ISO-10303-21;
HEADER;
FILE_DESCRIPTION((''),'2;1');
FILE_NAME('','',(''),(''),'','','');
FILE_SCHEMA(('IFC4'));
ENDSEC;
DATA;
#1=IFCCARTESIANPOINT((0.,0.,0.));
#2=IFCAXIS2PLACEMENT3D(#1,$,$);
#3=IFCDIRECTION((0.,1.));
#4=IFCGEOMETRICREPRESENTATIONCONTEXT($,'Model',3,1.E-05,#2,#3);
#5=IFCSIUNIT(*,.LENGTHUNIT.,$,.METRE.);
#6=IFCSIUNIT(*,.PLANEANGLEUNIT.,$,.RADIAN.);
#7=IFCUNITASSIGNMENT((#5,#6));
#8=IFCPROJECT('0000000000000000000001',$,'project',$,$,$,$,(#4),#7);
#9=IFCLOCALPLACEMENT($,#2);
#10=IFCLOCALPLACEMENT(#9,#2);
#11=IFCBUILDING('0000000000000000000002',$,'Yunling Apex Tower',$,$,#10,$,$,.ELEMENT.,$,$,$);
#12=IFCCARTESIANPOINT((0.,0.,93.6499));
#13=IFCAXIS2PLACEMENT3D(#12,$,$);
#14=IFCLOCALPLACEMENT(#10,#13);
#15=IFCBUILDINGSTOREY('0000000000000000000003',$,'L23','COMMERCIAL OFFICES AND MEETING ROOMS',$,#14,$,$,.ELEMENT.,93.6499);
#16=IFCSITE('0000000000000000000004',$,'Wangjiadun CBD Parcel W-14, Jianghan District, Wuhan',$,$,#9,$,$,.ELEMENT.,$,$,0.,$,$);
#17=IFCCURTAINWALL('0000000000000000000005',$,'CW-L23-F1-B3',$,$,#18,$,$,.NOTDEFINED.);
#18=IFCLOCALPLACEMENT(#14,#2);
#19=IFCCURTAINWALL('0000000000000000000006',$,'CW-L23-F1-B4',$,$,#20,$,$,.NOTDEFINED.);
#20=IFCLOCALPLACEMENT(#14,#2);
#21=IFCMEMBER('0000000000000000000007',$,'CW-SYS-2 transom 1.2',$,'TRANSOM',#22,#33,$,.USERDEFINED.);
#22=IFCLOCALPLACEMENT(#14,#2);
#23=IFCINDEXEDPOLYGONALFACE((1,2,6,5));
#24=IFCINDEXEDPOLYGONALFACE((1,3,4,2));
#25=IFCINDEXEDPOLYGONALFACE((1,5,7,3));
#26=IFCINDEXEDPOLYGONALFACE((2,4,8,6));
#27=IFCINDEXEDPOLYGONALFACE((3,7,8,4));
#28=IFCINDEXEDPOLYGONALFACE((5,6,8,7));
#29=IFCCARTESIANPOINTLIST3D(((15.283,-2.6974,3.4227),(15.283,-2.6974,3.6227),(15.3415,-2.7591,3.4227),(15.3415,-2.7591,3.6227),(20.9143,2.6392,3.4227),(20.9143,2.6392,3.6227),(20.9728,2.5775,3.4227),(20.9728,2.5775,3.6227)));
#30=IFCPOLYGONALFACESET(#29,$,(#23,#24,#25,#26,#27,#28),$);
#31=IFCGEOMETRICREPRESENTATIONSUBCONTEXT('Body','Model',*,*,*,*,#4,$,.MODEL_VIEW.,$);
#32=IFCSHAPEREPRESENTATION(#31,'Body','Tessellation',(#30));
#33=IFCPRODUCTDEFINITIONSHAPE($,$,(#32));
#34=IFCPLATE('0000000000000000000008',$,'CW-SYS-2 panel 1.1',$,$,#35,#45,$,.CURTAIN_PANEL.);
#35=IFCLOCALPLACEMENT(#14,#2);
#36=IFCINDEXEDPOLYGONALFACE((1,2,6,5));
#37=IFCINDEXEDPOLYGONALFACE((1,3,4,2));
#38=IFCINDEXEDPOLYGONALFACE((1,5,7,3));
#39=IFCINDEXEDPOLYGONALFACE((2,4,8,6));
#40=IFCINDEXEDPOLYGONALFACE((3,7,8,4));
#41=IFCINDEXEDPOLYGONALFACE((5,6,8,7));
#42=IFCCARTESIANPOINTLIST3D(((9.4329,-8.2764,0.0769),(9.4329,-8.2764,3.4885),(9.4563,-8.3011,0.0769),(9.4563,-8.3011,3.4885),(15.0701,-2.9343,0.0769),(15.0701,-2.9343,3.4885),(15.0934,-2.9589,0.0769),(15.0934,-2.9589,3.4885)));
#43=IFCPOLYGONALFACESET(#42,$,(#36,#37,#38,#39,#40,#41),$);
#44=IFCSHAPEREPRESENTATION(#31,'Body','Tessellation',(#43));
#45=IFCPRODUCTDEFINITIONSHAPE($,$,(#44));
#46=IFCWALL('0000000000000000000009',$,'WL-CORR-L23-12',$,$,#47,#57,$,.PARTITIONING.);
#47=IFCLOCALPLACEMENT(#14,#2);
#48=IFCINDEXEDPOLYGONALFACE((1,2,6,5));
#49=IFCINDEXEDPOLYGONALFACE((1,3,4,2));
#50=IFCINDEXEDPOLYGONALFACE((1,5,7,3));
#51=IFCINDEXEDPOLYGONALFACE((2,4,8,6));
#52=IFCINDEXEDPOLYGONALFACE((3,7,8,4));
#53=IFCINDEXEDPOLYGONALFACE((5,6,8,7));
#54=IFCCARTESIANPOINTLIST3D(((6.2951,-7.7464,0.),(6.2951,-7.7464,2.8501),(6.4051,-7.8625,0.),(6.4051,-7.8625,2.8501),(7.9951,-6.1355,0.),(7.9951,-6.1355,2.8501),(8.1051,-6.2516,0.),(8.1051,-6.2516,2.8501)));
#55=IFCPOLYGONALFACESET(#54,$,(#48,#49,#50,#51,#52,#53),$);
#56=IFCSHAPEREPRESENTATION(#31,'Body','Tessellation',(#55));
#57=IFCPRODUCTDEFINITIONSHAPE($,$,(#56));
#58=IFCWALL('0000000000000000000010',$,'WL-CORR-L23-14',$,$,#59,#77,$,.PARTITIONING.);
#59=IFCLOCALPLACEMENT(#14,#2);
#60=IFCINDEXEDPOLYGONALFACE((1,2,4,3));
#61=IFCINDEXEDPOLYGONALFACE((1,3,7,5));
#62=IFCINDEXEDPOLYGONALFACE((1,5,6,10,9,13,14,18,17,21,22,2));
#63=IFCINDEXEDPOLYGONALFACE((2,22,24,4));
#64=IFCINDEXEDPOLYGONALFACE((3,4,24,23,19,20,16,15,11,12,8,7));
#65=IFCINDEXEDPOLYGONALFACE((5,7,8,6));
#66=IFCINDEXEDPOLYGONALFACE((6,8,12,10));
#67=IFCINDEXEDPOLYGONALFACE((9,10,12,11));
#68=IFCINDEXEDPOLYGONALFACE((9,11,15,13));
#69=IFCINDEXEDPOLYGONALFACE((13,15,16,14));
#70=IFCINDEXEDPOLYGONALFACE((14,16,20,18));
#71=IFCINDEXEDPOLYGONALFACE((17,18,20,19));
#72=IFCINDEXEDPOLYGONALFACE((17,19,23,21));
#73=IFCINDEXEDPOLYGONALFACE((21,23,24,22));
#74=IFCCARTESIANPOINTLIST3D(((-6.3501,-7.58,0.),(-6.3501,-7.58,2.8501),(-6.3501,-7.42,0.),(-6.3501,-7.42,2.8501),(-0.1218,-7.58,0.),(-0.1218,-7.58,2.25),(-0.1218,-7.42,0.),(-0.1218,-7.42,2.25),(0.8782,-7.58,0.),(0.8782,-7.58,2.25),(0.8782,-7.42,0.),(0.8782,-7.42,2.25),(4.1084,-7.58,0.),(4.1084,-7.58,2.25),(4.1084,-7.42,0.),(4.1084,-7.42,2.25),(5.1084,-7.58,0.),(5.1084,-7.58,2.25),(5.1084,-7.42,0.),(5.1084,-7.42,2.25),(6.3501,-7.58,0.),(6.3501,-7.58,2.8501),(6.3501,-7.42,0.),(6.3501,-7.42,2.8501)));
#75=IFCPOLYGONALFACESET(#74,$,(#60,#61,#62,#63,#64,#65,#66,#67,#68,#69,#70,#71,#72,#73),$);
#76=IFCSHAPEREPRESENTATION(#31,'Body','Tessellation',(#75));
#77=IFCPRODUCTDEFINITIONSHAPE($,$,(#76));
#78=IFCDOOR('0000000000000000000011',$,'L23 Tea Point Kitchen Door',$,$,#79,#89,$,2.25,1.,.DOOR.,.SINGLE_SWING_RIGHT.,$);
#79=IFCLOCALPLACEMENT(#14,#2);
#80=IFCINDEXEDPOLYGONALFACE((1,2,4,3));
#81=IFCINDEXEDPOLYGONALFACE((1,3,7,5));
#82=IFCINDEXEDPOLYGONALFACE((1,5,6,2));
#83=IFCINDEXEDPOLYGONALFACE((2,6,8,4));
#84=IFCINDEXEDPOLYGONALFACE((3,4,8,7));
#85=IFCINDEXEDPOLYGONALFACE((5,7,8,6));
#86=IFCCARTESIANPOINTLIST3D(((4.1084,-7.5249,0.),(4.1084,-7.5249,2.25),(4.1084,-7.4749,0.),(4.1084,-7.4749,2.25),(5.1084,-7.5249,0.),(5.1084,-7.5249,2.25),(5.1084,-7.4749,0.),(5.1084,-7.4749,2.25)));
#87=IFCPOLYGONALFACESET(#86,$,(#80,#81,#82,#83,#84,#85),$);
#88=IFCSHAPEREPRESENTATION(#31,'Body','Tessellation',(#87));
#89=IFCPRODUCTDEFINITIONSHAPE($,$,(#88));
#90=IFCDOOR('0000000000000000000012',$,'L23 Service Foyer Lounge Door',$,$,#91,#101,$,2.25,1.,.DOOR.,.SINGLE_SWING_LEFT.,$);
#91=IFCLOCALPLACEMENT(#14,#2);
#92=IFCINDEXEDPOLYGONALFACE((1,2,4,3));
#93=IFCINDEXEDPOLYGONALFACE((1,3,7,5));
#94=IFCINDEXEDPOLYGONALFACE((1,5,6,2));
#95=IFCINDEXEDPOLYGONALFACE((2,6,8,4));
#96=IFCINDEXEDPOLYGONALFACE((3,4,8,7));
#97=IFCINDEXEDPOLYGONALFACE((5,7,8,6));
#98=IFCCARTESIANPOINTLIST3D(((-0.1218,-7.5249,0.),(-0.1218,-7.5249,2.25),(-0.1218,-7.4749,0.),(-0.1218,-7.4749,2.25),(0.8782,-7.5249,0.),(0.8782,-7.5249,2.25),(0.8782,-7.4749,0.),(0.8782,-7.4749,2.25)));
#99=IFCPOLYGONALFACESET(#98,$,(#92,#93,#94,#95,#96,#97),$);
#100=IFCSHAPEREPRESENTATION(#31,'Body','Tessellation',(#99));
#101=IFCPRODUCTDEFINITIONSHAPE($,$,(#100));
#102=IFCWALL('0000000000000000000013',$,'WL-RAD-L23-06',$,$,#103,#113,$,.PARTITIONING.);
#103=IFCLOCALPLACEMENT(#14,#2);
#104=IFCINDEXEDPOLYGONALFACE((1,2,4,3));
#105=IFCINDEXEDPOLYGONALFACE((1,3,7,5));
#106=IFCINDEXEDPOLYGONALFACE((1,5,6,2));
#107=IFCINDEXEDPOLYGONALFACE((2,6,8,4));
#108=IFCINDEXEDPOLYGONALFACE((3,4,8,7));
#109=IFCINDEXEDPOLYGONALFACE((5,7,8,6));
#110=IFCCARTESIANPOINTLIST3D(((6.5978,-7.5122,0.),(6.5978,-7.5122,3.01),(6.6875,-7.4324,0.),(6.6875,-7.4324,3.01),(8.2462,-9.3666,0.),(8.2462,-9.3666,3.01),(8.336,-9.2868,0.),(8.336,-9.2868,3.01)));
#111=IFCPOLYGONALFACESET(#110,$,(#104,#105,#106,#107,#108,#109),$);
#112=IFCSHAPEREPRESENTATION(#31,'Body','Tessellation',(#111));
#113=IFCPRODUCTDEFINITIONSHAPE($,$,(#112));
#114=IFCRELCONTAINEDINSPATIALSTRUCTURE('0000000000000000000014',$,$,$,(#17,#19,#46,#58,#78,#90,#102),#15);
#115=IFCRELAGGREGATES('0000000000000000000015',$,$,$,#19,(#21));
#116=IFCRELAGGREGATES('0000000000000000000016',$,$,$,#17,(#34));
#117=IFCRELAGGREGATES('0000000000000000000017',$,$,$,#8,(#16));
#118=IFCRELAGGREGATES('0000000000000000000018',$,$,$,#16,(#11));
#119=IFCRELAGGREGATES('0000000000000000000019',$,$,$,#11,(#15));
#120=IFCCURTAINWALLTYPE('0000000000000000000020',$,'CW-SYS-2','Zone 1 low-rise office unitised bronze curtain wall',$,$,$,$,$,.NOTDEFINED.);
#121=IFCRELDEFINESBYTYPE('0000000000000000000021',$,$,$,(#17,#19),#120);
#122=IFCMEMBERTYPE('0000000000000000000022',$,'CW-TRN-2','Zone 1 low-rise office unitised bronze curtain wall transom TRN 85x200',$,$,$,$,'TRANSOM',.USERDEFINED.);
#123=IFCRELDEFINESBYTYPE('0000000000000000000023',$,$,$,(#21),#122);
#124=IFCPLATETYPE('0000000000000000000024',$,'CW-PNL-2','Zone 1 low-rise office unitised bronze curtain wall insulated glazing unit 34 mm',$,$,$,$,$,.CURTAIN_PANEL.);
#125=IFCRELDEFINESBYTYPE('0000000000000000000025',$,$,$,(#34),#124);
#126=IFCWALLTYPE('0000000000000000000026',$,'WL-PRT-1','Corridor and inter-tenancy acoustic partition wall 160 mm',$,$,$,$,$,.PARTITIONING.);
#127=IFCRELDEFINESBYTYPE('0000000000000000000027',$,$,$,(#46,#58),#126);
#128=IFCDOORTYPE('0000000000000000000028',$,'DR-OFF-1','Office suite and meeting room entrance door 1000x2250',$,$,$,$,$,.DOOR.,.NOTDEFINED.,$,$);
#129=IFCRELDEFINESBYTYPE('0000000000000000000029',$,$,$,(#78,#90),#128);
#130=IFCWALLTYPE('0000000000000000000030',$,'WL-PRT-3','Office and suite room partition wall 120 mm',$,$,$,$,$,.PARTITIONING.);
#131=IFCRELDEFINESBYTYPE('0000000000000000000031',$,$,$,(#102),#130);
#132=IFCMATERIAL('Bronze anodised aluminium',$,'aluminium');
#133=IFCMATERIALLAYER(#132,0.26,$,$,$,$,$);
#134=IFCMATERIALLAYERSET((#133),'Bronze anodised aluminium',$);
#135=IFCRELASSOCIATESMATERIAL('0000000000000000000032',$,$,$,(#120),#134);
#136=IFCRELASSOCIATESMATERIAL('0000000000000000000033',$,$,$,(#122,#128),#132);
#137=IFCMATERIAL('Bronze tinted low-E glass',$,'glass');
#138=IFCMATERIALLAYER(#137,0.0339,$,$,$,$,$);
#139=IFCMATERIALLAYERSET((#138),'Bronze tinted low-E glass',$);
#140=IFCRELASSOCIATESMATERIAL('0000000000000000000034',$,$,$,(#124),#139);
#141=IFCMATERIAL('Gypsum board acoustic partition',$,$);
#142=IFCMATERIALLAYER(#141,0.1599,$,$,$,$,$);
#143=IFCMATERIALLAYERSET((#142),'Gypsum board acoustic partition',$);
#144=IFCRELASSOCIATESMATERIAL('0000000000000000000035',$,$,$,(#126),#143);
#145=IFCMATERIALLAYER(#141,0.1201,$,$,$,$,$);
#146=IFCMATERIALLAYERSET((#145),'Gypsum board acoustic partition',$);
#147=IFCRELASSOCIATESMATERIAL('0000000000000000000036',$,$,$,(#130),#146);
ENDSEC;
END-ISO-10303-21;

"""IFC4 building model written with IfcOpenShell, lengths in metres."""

from ifc_helpers import new_model, si_unit, direction, frame, frame_2d, origin, origin_2d, place, context, subcontext, project, spatial, rectangle, extrude, source, transform, mapped, material, layer, layer_set, material_profile, profile_set, type_object, element, fill, aggregate, save


model = new_model("IFC4")

# Units and contexts
model_context = context("Model", 3, precision=1e-05, world=origin(), true_north=direction((0.0, 1.0)))
body_context = subcontext(model_context, "Body", "Model", "MODEL_VIEW")
ifc_project = project(units=[si_unit("LENGTHUNIT", "METRE"), si_unit("PLANEANGLEUNIT", "RADIAN")], contexts=[model_context])

# Site, building, storey
site_placement = place(None, origin())
site = spatial("IfcSite", under=ifc_project, at=site_placement, Name="Wangjiadun CBD Parcel W-14, Jianghan District, Wuhan", CompositionType="ELEMENT", RefElevation=0.0)
building_placement = place(site_placement, origin())
building = spatial("IfcBuilding", under=site, at=building_placement, Name="Yunling Apex Tower", CompositionType="ELEMENT")
storey_placement = place(building_placement, frame((0.0, 0.0, 93.6499)))
storey = spatial("IfcBuildingStorey", under=building, at=storey_placement, Name="L23", Description="COMMERCIAL OFFICES AND MEETING ROOMS", CompositionType="ELEMENT", Elevation=93.6499)

# Curtain wall
ifc_material_1 = material(Name="Bronze anodised aluminium", Category="aluminium")
ifc_layer_1 = layer(ifc_material_1, 0.26)
ifc_layer_set_1 = layer_set([ifc_layer_1], Name="Bronze anodised aluminium")
curtain_wall_type = type_object("IfcCurtainWallType", Name="CW-SYS-2", Description="Zone 1 low-rise office unitised bronze curtain wall", PredefinedType="NOTDEFINED", material=ifc_layer_set_1)
curtain_wall_1_placement = place(storey_placement, origin())
curtain_wall_1 = element("IfcCurtainWall", 1, at=curtain_wall_1_placement, inside=storey, type_object=curtain_wall_type, Name="CW-L23-F1-B3", PredefinedType="NOTDEFINED")

# Curtain wall
curtain_wall_2_placement = place(storey_placement, origin())
curtain_wall_2 = element("IfcCurtainWall", 2, at=curtain_wall_2_placement, inside=storey, type_object=curtain_wall_type, Name="CW-L23-F1-B4", PredefinedType="NOTDEFINED")

# Member
ifc_material_profile_1 = material_profile(ifc_material_1, rectangle(XDim=0.085, YDim=0.2, at=origin_2d()))
ifc_profile_set_1 = profile_set([ifc_material_profile_1], Name="Bronze anodised aluminium")
member_type_1 = type_object("IfcMemberType", Name="CW-TRN-2", Description="Zone 1 low-rise office unitised bronze curtain wall transom TRN 85x200", ElementType="TRANSOM", PredefinedType="USERDEFINED", material=ifc_profile_set_1)
shared_shape_1 = source(origin(), body_context, "Body", "SweptSolid", [
    extrude(rectangle(XDim=0.085, YDim=0.2, at=origin_2d()), origin(), (0.0, 0.0, 1.0), 7.7583),
])
member_1_placement = place(storey_placement, frame((15.3123, -2.7283, 3.5227), z_axis=(0.725843, 0.687861, 0.0), x_axis=(-0.687861, 0.725843, 0.0)))
member_1 = element("IfcMember", 3, at=member_1_placement, type_object=member_type_1, Name="CW-SYS-2 transom 1.2", ObjectType="TRANSOM", PredefinedType="USERDEFINED", context=body_context, shape_type="MappedRepresentation", body=[
    mapped(shared_shape_1, transform((0.0, 0.0, 0.0), scale=1.0)),
])
aggregate(curtain_wall_2, [member_1])

# Plate
ifc_material_2 = material(Name="Bronze tinted low-E glass", Category="glass")
ifc_layer_2 = layer(ifc_material_2, 0.0339)
ifc_layer_set_2 = layer_set([ifc_layer_2], Name="Bronze tinted low-E glass")
plate_type = type_object("IfcPlateType", Name="CW-PNL-2", Description="Zone 1 low-rise office unitised bronze curtain wall insulated glazing unit 34 mm", PredefinedType="CURTAIN_PANEL", material=ifc_layer_set_2)
shared_shape_2 = source(origin(), body_context, "Body", "SweptSolid", [
    extrude(rectangle(XDim=7.7664, YDim=0.0339, at=origin_2d()), origin(), (0.0, 0.0, 1.0), 3.4116),
])
plate_placement = place(storey_placement, frame((12.2632, -5.6177, 0.0769), z_axis=(0.0, 0.0, 1.0), x_axis=(0.725842, 0.687861, 0.0)))
plate = element("IfcPlate", 4, at=plate_placement, type_object=plate_type, Name="CW-SYS-2 panel 1.1", PredefinedType="CURTAIN_PANEL", context=body_context, shape_type="MappedRepresentation", body=[
    mapped(shared_shape_2, transform((0.0, 0.0, 0.0), scale=1.0)),
])
aggregate(curtain_wall_1, [plate])

# Wall
ifc_material_3 = material(Name="Gypsum board acoustic partition")
ifc_layer_3 = layer(ifc_material_3, 0.1599)
ifc_layer_set_3 = layer_set([ifc_layer_3], Name="Gypsum board acoustic partition")
wall_type_1 = type_object("IfcWallType", Name="WL-PRT-1", Description="Corridor and inter-tenancy acoustic partition wall 160 mm", PredefinedType="PARTITIONING", material=ifc_layer_set_3)
wall_1_placement = place(storey_placement, frame((8.05, -6.1936, 0.0), z_axis=(0.0, 0.0, 1.0), x_axis=(-0.725876, -0.687826, 0.0)))
element("IfcWall", 5, at=wall_1_placement, inside=storey, type_object=wall_type_1, Name="WL-CORR-L23-12", PredefinedType="PARTITIONING", context=body_context, shape_type="SweptSolid", body=[
    extrude(rectangle(XDim=2.342, YDim=0.1599, at=frame_2d((1.1709, 0.0))), origin(), (0.0, 0.0, 1.0), 2.8501),
])

# Wall, openings, doors
wall_2_placement = place(storey_placement, frame((6.3501, -7.5, 0.0), z_axis=(0.0, 0.0, 1.0), x_axis=(-1.0, 0.0, 0.0)))
wall_2 = element("IfcWall", 6, at=wall_2_placement, inside=storey, type_object=wall_type_1, Name="WL-CORR-L23-14", PredefinedType="PARTITIONING", context=body_context, shape_type="SweptSolid", body=[
    extrude(rectangle(XDim=12.7002, YDim=0.1599, at=frame_2d((6.3501, 0.0))), origin(), (0.0, 0.0, 1.0), 2.8501),
])
opening_1_placement = place(wall_2_placement, frame((1.2417, 0.0, 0.0)))
opening_1 = element("IfcOpeningElement", 7, at=opening_1_placement, cuts=wall_2, PredefinedType="OPENING", context=body_context, shape_type="SweptSolid", body=[
    extrude(rectangle(XDim=1.0, YDim=2.25, at=frame_2d((0.5, 1.125))), frame((0.0, 0.0898, 0.0), z_axis=(0.0, -1.0, 0.0), x_axis=(1.0, 0.0, 0.0)), (0.0, 0.0, 1.0), 0.1799),
])
opening_2_placement = place(wall_2_placement, frame((5.4719, 0.0, 0.0)))
opening_2 = element("IfcOpeningElement", 8, at=opening_2_placement, cuts=wall_2, PredefinedType="OPENING", context=body_context, shape_type="SweptSolid", body=[
    extrude(rectangle(XDim=1.0, YDim=2.25, at=frame_2d((0.5, 1.125))), frame((0.0, 0.0898, 0.0), z_axis=(0.0, -1.0, 0.0), x_axis=(1.0, 0.0, 0.0)), (0.0, 0.0, 1.0), 0.1799),
])
door_type = type_object("IfcDoorType", Name="DR-OFF-1", Description="Office suite and meeting room entrance door 1000x2250", OperationType="NOTDEFINED", PredefinedType="DOOR", material=ifc_material_1)
door_1_placement = place(opening_1_placement, origin())
door_1 = element("IfcDoor", 9, at=door_1_placement, inside=storey, type_object=door_type, Name="L23 Tea Point Kitchen Door", OperationType="SINGLE_SWING_RIGHT", OverallHeight=2.25, OverallWidth=1.0, PredefinedType="DOOR", context=body_context, shape_type="SweptSolid", body=[
    extrude(rectangle(XDim=1.0, YDim=2.25, at=frame_2d((0.5, 1.125))), frame((0.0, 0.0249, 0.0), z_axis=(0.0, -1.0, 0.0), x_axis=(1.0, 0.0, 0.0)), (0.0, 0.0, 1.0), 0.05),
])
fill(opening_1, door_1)
door_2_placement = place(opening_2_placement, origin())
door_2 = element("IfcDoor", 10, at=door_2_placement, inside=storey, type_object=door_type, Name="L23 Service Foyer Lounge Door", OperationType="SINGLE_SWING_LEFT", OverallHeight=2.25, OverallWidth=1.0, PredefinedType="DOOR", context=body_context, shape_type="SweptSolid", body=[
    extrude(rectangle(XDim=1.0, YDim=2.25, at=frame_2d((0.5, 1.125))), frame((0.0, 0.0249, 0.0), z_axis=(0.0, -1.0, 0.0), x_axis=(1.0, 0.0, 0.0)), (0.0, 0.0, 1.0), 0.05),
])
fill(opening_2, door_2)

# Wall
ifc_layer_4 = layer(ifc_material_3, 0.1201)
ifc_layer_set_4 = layer_set([ifc_layer_4], Name="Gypsum board acoustic partition")
wall_type_2 = type_object("IfcWallType", Name="WL-PRT-3", Description="Office and suite room partition wall 120 mm", PredefinedType="PARTITIONING", material=ifc_layer_set_4)
wall_3_placement = place(storey_placement, frame((6.6426, -7.4722, 0.0), z_axis=(0.0, 0.0, 1.0), x_axis=(0.664364, -0.747409, 0.0)))
element("IfcWall", 11, at=wall_3_placement, inside=storey, type_object=wall_type_2, Name="WL-RAD-L23-06", PredefinedType="PARTITIONING", context=body_context, shape_type="SweptSolid", body=[
    extrude(rectangle(XDim=2.4812, YDim=0.1201, at=frame_2d((1.2407, 0.0))), origin(), (0.0, 0.0, 1.0), 3.01),
])

save(model, "model.ifc")
